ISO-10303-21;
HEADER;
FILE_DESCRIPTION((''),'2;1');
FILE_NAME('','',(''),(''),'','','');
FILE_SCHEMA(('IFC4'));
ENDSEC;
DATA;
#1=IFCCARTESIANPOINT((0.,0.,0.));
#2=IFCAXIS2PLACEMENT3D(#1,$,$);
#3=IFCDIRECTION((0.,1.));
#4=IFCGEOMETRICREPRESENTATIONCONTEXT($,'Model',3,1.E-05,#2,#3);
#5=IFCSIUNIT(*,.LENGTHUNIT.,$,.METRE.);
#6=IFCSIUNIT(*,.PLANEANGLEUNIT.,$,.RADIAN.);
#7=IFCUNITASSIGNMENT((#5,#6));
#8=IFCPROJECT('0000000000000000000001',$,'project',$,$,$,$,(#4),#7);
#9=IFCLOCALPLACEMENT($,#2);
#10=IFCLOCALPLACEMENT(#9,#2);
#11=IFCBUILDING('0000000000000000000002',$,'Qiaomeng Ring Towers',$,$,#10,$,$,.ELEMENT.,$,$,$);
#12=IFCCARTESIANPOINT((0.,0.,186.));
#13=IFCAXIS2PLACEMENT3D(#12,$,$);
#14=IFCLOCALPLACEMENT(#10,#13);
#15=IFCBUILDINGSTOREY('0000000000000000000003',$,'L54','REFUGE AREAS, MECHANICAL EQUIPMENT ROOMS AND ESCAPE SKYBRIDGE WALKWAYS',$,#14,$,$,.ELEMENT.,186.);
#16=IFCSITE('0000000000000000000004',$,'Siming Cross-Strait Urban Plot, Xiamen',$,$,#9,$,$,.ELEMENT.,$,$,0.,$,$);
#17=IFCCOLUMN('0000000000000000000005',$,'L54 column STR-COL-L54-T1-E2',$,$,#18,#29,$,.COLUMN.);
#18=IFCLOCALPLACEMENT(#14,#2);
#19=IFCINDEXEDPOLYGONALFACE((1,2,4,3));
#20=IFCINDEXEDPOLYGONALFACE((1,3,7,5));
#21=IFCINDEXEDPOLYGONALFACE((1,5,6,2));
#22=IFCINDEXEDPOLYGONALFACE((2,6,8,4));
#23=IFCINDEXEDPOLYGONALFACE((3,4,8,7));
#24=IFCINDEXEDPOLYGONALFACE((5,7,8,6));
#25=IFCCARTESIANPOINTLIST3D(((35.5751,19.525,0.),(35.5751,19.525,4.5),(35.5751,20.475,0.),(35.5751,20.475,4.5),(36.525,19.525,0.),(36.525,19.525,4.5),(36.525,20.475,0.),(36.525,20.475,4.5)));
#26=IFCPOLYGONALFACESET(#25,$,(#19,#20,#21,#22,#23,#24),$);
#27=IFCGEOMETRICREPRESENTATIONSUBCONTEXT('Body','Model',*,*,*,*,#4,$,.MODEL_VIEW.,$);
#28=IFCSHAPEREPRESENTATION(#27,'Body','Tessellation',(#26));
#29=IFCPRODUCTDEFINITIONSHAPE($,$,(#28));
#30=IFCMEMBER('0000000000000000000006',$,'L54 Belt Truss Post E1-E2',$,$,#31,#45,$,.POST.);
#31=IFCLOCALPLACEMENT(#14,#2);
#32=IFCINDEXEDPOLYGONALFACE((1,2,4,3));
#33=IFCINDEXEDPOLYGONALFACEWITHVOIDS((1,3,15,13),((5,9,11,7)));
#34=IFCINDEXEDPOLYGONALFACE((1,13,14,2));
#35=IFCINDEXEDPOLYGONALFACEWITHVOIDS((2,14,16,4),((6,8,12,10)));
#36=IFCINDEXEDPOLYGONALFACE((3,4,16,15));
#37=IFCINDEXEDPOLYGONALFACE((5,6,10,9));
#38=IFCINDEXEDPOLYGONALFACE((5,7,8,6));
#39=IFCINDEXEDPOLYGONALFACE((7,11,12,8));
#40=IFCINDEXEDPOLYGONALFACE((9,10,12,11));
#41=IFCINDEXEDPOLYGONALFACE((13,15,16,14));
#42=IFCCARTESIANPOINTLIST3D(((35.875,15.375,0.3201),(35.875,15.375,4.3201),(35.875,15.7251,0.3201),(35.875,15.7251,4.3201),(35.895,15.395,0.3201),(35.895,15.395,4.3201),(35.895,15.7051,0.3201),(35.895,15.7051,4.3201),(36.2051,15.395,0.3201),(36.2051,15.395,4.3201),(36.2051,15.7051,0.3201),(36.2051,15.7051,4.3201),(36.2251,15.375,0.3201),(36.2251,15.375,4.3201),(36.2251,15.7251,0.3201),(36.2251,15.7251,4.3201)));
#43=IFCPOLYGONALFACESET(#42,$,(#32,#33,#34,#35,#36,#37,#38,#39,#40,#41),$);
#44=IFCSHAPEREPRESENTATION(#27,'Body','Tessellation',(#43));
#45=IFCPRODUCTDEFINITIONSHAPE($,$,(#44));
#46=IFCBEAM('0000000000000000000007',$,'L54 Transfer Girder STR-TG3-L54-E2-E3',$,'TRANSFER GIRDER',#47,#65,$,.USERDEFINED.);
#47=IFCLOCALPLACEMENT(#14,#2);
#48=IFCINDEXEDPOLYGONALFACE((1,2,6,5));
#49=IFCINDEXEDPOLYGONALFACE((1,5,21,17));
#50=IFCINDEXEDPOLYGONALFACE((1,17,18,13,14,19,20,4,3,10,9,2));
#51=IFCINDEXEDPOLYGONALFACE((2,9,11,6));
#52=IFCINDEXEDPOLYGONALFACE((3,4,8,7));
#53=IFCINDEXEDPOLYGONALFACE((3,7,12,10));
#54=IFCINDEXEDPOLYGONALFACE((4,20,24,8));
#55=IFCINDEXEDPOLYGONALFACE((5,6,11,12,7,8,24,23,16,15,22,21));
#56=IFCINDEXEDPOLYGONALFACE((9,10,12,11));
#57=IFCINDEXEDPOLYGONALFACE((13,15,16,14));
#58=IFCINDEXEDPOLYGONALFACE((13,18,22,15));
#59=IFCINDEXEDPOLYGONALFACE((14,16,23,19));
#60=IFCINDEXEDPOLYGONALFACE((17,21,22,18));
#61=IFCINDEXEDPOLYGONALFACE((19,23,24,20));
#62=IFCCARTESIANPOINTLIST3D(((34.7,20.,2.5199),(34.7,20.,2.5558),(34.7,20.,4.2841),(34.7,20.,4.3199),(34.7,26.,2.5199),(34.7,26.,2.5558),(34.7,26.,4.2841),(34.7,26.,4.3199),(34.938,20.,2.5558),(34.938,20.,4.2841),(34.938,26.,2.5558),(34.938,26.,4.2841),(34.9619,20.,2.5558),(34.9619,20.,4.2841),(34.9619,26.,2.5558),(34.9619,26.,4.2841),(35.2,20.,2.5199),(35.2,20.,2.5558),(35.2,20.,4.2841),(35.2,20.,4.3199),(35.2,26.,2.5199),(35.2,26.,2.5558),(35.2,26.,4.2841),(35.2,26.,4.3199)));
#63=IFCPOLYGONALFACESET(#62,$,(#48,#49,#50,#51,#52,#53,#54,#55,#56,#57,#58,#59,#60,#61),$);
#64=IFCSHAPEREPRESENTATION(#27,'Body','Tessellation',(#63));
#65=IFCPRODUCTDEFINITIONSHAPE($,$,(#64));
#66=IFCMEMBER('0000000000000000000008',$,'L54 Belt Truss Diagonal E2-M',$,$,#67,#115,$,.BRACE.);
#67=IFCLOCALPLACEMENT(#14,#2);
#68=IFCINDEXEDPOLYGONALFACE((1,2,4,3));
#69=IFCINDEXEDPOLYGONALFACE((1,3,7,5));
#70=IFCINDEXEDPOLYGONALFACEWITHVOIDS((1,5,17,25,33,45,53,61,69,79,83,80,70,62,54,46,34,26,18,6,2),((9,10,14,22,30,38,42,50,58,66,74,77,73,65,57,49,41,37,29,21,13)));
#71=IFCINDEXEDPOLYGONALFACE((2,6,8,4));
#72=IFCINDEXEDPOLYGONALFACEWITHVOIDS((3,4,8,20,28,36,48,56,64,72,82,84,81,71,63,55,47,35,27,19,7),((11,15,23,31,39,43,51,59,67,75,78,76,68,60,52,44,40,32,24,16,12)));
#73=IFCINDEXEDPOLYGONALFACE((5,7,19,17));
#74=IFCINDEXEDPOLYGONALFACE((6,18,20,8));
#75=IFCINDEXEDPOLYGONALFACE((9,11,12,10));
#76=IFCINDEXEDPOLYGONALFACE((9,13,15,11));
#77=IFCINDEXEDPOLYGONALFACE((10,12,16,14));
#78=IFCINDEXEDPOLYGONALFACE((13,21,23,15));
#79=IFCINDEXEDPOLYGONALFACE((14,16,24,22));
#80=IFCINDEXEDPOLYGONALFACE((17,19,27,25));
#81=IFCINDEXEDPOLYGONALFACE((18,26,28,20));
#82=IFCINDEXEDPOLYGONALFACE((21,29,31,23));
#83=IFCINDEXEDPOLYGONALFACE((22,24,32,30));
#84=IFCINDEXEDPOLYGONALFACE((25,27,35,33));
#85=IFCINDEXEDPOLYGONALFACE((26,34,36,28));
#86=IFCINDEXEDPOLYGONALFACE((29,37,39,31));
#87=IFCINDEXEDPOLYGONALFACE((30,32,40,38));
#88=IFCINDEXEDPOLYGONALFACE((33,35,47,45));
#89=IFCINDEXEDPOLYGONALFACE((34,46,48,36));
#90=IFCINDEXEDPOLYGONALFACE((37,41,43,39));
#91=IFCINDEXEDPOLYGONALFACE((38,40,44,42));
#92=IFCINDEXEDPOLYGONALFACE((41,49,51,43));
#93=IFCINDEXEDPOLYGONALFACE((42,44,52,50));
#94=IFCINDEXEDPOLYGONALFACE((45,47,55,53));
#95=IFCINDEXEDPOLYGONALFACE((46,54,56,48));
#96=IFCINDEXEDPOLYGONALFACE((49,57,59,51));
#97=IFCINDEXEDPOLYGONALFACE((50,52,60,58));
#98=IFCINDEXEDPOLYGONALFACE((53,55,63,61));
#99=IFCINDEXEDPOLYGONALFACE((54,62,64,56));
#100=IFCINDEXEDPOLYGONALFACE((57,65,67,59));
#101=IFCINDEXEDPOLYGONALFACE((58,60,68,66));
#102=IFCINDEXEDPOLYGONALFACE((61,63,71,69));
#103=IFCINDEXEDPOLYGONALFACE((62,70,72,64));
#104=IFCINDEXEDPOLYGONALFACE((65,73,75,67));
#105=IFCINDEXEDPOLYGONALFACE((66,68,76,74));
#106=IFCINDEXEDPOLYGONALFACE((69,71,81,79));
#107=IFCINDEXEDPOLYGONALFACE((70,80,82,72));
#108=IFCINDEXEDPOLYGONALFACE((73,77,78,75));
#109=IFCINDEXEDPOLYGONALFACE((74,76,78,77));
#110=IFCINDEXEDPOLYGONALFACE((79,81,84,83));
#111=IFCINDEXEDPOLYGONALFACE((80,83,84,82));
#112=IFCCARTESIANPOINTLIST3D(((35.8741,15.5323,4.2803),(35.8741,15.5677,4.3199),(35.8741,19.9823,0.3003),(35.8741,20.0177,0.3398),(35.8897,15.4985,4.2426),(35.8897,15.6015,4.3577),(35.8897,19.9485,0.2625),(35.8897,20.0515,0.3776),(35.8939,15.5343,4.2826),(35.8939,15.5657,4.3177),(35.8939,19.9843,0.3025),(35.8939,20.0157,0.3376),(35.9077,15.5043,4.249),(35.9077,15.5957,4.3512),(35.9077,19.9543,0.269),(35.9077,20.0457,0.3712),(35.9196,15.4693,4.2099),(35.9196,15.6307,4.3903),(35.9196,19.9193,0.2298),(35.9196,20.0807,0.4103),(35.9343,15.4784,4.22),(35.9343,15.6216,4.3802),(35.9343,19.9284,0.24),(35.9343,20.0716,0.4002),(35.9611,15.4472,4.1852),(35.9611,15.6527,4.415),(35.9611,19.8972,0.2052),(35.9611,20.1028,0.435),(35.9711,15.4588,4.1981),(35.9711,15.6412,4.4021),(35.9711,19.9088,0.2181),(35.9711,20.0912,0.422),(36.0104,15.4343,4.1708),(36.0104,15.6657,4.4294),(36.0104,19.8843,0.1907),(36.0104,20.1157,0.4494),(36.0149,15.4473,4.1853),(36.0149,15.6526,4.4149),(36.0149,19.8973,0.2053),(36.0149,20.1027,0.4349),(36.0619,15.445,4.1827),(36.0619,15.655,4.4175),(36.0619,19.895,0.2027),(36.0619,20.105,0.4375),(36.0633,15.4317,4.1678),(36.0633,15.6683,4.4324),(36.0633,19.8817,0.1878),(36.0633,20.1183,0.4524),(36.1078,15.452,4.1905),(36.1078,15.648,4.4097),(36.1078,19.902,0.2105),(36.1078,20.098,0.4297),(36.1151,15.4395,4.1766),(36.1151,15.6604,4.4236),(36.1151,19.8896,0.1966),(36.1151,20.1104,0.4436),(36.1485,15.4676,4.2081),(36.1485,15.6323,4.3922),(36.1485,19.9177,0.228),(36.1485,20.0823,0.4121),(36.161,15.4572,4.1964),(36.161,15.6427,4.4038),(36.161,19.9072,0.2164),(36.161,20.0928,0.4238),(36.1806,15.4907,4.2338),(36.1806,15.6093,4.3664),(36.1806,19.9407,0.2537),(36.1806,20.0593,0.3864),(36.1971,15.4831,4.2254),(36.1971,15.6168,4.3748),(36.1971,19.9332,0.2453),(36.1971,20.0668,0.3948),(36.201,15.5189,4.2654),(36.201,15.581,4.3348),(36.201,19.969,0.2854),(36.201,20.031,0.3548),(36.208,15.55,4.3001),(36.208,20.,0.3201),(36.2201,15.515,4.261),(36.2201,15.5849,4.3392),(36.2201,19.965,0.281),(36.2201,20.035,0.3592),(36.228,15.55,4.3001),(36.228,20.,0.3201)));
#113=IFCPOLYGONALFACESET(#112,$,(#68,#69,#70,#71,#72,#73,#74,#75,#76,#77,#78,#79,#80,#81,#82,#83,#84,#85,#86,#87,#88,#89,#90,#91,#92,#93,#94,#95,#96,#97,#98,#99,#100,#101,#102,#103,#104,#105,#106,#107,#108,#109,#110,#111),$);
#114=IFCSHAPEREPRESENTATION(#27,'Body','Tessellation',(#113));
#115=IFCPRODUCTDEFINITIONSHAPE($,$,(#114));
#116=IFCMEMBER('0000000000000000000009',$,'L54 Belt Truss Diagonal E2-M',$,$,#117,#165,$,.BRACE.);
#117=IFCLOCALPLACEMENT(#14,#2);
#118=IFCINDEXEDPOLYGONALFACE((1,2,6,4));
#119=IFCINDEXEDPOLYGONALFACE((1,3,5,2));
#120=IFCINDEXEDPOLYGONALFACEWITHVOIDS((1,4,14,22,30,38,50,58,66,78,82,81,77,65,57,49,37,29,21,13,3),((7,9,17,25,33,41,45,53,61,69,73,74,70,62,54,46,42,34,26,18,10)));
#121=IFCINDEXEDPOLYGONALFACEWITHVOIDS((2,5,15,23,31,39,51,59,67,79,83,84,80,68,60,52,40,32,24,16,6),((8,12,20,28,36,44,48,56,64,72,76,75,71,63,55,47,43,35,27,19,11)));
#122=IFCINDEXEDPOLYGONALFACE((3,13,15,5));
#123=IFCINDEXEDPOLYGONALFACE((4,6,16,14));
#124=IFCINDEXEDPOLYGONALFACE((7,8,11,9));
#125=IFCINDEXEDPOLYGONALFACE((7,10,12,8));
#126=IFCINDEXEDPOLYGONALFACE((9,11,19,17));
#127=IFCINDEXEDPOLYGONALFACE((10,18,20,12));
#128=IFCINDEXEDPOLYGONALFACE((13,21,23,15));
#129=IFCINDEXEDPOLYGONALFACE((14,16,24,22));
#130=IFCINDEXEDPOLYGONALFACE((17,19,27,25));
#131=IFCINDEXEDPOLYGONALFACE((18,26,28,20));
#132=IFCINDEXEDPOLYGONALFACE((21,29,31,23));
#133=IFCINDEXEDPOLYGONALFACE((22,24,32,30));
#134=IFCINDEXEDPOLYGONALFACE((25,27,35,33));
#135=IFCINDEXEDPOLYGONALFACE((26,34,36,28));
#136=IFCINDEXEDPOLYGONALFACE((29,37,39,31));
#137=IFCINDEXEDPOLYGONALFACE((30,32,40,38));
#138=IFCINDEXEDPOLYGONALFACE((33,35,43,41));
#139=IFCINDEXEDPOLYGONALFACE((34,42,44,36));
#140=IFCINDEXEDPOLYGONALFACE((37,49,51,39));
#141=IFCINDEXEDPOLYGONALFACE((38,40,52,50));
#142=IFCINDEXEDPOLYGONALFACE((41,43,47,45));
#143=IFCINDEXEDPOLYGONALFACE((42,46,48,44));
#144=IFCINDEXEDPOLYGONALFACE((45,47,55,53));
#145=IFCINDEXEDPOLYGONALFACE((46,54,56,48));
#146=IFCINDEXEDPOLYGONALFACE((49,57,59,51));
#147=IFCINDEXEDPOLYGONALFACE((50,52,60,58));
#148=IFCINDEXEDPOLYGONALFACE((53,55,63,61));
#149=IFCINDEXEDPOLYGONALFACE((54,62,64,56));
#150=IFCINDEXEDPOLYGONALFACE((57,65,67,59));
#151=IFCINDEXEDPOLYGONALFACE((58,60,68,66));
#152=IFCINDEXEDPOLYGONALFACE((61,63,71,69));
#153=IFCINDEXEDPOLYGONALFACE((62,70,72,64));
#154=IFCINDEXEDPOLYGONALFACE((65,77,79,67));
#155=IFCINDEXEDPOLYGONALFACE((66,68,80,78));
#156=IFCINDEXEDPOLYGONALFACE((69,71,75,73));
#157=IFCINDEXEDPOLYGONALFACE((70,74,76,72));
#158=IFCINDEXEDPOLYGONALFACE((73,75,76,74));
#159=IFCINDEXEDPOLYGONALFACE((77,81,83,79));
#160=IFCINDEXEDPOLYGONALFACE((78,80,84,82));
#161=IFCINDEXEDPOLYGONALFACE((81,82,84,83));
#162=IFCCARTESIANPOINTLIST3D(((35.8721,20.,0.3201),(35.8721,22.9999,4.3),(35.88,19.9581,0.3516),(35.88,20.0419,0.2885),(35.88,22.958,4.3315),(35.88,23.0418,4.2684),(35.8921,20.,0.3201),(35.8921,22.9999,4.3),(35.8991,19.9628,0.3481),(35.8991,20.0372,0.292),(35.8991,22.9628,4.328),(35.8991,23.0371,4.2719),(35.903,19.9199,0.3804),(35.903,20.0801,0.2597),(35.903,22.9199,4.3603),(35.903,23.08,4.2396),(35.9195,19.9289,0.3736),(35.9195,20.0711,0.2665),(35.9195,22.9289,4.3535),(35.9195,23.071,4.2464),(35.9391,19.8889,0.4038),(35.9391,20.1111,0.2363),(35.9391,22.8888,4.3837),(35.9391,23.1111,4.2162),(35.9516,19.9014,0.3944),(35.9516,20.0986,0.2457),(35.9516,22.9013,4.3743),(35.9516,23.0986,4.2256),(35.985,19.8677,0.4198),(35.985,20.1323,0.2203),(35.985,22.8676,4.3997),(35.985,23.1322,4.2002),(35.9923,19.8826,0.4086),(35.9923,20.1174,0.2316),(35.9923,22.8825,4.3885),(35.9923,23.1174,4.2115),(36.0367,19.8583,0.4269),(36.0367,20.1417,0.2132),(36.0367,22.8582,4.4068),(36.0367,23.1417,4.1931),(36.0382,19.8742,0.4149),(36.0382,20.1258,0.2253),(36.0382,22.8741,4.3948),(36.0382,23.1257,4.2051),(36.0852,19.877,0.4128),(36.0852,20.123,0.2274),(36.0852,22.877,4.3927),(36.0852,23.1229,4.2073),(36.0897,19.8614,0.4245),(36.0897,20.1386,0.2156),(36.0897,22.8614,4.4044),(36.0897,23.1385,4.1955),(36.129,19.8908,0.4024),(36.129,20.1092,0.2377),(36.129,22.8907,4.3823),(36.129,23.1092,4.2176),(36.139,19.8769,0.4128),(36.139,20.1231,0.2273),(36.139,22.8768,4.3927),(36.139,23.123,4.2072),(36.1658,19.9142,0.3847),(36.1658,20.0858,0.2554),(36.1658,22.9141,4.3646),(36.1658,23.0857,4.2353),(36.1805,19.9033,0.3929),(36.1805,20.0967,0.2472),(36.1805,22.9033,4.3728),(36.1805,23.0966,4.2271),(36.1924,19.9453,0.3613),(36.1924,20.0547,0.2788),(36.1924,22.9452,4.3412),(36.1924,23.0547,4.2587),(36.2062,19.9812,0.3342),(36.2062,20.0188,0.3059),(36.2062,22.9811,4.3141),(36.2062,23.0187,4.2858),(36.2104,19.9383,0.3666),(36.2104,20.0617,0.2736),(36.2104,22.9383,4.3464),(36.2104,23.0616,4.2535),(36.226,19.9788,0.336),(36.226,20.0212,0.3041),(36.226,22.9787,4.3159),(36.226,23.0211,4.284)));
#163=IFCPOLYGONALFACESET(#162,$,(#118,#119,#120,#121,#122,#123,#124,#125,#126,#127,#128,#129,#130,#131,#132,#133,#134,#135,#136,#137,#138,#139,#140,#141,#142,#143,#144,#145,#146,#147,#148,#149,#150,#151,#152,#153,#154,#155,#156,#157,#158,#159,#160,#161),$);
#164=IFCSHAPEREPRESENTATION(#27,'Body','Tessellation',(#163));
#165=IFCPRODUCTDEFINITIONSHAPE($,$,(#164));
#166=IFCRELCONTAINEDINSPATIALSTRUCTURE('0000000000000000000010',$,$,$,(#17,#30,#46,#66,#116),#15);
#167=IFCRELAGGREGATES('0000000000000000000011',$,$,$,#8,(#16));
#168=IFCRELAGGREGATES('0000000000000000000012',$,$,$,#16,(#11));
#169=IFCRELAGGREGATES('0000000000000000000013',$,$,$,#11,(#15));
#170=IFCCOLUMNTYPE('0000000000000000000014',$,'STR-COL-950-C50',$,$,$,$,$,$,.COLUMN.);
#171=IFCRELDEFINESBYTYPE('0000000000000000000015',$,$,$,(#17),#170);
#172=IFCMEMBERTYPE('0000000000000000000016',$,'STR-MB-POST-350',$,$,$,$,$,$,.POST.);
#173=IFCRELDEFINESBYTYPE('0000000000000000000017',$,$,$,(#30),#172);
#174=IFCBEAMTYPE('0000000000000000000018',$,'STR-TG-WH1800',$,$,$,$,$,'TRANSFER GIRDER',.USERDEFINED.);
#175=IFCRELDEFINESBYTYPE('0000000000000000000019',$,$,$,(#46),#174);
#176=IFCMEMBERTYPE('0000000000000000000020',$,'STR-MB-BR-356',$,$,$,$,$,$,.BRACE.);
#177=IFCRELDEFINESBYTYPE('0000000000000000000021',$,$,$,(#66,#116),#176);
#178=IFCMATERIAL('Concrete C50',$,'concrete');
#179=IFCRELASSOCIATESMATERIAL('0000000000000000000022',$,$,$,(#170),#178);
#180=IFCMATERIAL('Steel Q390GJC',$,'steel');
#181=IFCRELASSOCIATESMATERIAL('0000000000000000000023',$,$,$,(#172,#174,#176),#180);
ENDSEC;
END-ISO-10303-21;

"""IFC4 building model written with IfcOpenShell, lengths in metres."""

from ifc_helpers import new_model, si_unit, direction, frame, origin, origin_2d, place, context, subcontext, project, spatial, rectangle, hollow_rectangle, hollow_circle, i_section, extrude, source, transform, mapped, material, material_profile, profile_set, type_object, element, save


model = new_model("IFC4")

# Units and contexts
model_context = context("Model", 3, precision=1e-05, world=origin(), true_north=direction((0.0, 1.0)))
body_context = subcontext(model_context, "Body", "Model", "MODEL_VIEW")
ifc_project = project(units=[si_unit("LENGTHUNIT", "METRE"), si_unit("PLANEANGLEUNIT", "RADIAN")], contexts=[model_context])

# Site, building, storey
site_placement = place(None, origin())
site = spatial("IfcSite", under=ifc_project, at=site_placement, Name="Siming Cross-Strait Urban Plot, Xiamen", CompositionType="ELEMENT", RefElevation=0.0)
building_placement = place(site_placement, origin())
building = spatial("IfcBuilding", under=site, at=building_placement, Name="Qiaomeng Ring Towers", CompositionType="ELEMENT")
storey_placement = place(building_placement, frame((0.0, 0.0, 186.0)))
storey = spatial("IfcBuildingStorey", under=building, at=storey_placement, Name="L54", Description="REFUGE AREAS, MECHANICAL EQUIPMENT ROOMS AND ESCAPE SKYBRIDGE WALKWAYS", CompositionType="ELEMENT", Elevation=186.0)

# Column
ifc_material_1 = material(Name="Concrete C50", Category="concrete")
ifc_material_profile_1 = material_profile(ifc_material_1, rectangle(XDim=0.95, YDim=0.95, at=origin_2d()), Name="RC COL 950x950")
ifc_profile_set_1 = profile_set([ifc_material_profile_1], Name="Concrete C50")
column_type = type_object("IfcColumnType", Name="STR-COL-950-C50", PredefinedType="COLUMN", material=ifc_profile_set_1)
shared_shape_1 = source(origin(), body_context, "Body", "SweptSolid", [
    extrude(rectangle(XDim=0.95, YDim=0.95, at=origin_2d()), origin(), (0.0, 0.0, 1.0), 4.5),
])
column_placement = place(storey_placement, frame((36.05, 20.0, 0.0), z_axis=(0.0, 0.0, 1.0), x_axis=(1.0, 0.0, 0.0)))
element("IfcColumn", 1, at=column_placement, inside=storey, type_object=column_type, Name="L54 column STR-COL-L54-T1-E2", PredefinedType="COLUMN", context=body_context, shape_type="MappedRepresentation", body=[
    mapped(shared_shape_1, transform((0.0, 0.0, 0.0), x_axis=(1.0, 0.0, 0.0), y_axis=(0.0, 1.0, 0.0), z_axis=(0.0, 0.0, 1.0), scale=1.0)),
])

# Member
ifc_material_2 = material(Name="Steel Q390GJC", Category="steel")
ifc_material_profile_2 = material_profile(ifc_material_2, hollow_rectangle(XDim=0.3501, YDim=0.3501, WallThickness=0.02, at=origin_2d()), Name="SHS 350x350x20")
ifc_profile_set_2 = profile_set([ifc_material_profile_2], Name="Steel Q390GJC")
member_type_1 = type_object("IfcMemberType", Name="STR-MB-POST-350", PredefinedType="POST", material=ifc_profile_set_2)
shared_shape_2 = source(origin(), body_context, "Body", "SweptSolid", [
    extrude(hollow_rectangle(XDim=0.3501, YDim=0.3501, WallThickness=0.02, at=origin_2d()), origin(), (0.0, 0.0, 1.0), 4.0),
])
member_1_placement = place(storey_placement, frame((36.05, 15.55, 0.3201), z_axis=(0.0, 0.0, 1.0), x_axis=(1.0, 0.0, 0.0)))
element("IfcMember", 2, at=member_1_placement, inside=storey, type_object=member_type_1, Name="L54 Belt Truss Post E1-E2", PredefinedType="POST", context=body_context, shape_type="MappedRepresentation", body=[
    mapped(shared_shape_2, transform((0.0, 0.0, 0.0), x_axis=(1.0, 0.0, 0.0), y_axis=(0.0, 1.0, 0.0), z_axis=(0.0, 0.0, 1.0), scale=1.0)),
])

# Beam
ifc_material_profile_3 = material_profile(ifc_material_2, i_section(OverallWidth=0.5, OverallDepth=1.8, WebThickness=0.0239, FlangeThickness=0.0359, at=origin_2d()), Name="WH 1800x500x24x36")
ifc_profile_set_3 = profile_set([ifc_material_profile_3], Name="Steel Q390GJC")
beam_type_1 = type_object("IfcBeamType", Name="STR-TG-WH1800", ElementType="TRANSFER GIRDER", PredefinedType="USERDEFINED", material=ifc_profile_set_3)
shared_shape_3 = source(origin(), body_context, "Body", "SweptSolid", [
    extrude(i_section(OverallWidth=0.5, OverallDepth=1.8, WebThickness=0.0239, FlangeThickness=0.0359, at=origin_2d()), origin(), (0.0, 0.0, 1.0), 6.0),
])
beam_1_placement = place(storey_placement, frame((34.95, 20.0, 3.4199), z_axis=(0.0, 1.0, 0.0), x_axis=(-1.0, 0.0, 0.0)))
element("IfcBeam", 3, at=beam_1_placement, inside=storey, type_object=beam_type_1, Name="L54 Transfer Girder STR-TG3-L54-E2-E3", ObjectType="TRANSFER GIRDER", PredefinedType="USERDEFINED", context=body_context, shape_type="MappedRepresentation", body=[
    mapped(shared_shape_3, transform((0.0, 0.0, 0.0), x_axis=(1.0, 0.0, 0.0), y_axis=(0.0, 1.0, 0.0), z_axis=(0.0, 0.0, 1.0), scale=1.0)),
])

# Members
ifc_material_profile_4 = material_profile(ifc_material_2, hollow_circle(Radius=0.178, WallThickness=0.02, at=origin_2d()), Name="CHS 356x20")
ifc_profile_set_4 = profile_set([ifc_material_profile_4], Name="Steel Q390GJC")
member_type_2 = type_object("IfcMemberType", Name="STR-MB-BR-356", PredefinedType="BRACE", material=ifc_profile_set_4)
shared_shape_4 = source(origin(), body_context, "Body", "SweptSolid", [
    extrude(hollow_circle(Radius=0.178, WallThickness=0.02, at=origin_2d()), origin(), (0.0, 0.0, 1.0), 5.9702),
])
member_2_placement = place(storey_placement, frame((36.05, 20.0, 0.3201), z_axis=(0.0, -0.745371, 0.66665), x_axis=(1.0, 0.0, 0.0)))
element("IfcMember", 4, at=member_2_placement, inside=storey, type_object=member_type_2, Name="L54 Belt Truss Diagonal E2-M", PredefinedType="BRACE", context=body_context, shape_type="MappedRepresentation", body=[
    mapped(shared_shape_4, transform((0.0, 0.0, 0.0), x_axis=(1.0, 0.0, 0.0), y_axis=(0.0, 1.0, 0.0), z_axis=(0.0, 0.0, 1.0), scale=1.0)),
])
shared_shape_5 = source(origin(), body_context, "Body", "SweptSolid", [
    extrude(hollow_circle(Radius=0.178, WallThickness=0.02, at=origin_2d()), origin(), (0.0, 0.0, 1.0), 4.9839),
])
member_3_placement = place(storey_placement, frame((36.05, 20.0, 0.3201), z_axis=(0.0, 0.601926, 0.798552), x_axis=(-1.0, 0.0, 0.0)))
element("IfcMember", 5, at=member_3_placement, inside=storey, type_object=member_type_2, Name="L54 Belt Truss Diagonal E2-M", PredefinedType="BRACE", context=body_context, shape_type="MappedRepresentation", body=[
    mapped(shared_shape_5, transform((0.0, 0.0, 0.0), x_axis=(1.0, 0.0, 0.0), y_axis=(0.0, 1.0, 0.0), z_axis=(0.0, 0.0, 1.0), scale=1.0)),
])

save(model, "model.ifc")
